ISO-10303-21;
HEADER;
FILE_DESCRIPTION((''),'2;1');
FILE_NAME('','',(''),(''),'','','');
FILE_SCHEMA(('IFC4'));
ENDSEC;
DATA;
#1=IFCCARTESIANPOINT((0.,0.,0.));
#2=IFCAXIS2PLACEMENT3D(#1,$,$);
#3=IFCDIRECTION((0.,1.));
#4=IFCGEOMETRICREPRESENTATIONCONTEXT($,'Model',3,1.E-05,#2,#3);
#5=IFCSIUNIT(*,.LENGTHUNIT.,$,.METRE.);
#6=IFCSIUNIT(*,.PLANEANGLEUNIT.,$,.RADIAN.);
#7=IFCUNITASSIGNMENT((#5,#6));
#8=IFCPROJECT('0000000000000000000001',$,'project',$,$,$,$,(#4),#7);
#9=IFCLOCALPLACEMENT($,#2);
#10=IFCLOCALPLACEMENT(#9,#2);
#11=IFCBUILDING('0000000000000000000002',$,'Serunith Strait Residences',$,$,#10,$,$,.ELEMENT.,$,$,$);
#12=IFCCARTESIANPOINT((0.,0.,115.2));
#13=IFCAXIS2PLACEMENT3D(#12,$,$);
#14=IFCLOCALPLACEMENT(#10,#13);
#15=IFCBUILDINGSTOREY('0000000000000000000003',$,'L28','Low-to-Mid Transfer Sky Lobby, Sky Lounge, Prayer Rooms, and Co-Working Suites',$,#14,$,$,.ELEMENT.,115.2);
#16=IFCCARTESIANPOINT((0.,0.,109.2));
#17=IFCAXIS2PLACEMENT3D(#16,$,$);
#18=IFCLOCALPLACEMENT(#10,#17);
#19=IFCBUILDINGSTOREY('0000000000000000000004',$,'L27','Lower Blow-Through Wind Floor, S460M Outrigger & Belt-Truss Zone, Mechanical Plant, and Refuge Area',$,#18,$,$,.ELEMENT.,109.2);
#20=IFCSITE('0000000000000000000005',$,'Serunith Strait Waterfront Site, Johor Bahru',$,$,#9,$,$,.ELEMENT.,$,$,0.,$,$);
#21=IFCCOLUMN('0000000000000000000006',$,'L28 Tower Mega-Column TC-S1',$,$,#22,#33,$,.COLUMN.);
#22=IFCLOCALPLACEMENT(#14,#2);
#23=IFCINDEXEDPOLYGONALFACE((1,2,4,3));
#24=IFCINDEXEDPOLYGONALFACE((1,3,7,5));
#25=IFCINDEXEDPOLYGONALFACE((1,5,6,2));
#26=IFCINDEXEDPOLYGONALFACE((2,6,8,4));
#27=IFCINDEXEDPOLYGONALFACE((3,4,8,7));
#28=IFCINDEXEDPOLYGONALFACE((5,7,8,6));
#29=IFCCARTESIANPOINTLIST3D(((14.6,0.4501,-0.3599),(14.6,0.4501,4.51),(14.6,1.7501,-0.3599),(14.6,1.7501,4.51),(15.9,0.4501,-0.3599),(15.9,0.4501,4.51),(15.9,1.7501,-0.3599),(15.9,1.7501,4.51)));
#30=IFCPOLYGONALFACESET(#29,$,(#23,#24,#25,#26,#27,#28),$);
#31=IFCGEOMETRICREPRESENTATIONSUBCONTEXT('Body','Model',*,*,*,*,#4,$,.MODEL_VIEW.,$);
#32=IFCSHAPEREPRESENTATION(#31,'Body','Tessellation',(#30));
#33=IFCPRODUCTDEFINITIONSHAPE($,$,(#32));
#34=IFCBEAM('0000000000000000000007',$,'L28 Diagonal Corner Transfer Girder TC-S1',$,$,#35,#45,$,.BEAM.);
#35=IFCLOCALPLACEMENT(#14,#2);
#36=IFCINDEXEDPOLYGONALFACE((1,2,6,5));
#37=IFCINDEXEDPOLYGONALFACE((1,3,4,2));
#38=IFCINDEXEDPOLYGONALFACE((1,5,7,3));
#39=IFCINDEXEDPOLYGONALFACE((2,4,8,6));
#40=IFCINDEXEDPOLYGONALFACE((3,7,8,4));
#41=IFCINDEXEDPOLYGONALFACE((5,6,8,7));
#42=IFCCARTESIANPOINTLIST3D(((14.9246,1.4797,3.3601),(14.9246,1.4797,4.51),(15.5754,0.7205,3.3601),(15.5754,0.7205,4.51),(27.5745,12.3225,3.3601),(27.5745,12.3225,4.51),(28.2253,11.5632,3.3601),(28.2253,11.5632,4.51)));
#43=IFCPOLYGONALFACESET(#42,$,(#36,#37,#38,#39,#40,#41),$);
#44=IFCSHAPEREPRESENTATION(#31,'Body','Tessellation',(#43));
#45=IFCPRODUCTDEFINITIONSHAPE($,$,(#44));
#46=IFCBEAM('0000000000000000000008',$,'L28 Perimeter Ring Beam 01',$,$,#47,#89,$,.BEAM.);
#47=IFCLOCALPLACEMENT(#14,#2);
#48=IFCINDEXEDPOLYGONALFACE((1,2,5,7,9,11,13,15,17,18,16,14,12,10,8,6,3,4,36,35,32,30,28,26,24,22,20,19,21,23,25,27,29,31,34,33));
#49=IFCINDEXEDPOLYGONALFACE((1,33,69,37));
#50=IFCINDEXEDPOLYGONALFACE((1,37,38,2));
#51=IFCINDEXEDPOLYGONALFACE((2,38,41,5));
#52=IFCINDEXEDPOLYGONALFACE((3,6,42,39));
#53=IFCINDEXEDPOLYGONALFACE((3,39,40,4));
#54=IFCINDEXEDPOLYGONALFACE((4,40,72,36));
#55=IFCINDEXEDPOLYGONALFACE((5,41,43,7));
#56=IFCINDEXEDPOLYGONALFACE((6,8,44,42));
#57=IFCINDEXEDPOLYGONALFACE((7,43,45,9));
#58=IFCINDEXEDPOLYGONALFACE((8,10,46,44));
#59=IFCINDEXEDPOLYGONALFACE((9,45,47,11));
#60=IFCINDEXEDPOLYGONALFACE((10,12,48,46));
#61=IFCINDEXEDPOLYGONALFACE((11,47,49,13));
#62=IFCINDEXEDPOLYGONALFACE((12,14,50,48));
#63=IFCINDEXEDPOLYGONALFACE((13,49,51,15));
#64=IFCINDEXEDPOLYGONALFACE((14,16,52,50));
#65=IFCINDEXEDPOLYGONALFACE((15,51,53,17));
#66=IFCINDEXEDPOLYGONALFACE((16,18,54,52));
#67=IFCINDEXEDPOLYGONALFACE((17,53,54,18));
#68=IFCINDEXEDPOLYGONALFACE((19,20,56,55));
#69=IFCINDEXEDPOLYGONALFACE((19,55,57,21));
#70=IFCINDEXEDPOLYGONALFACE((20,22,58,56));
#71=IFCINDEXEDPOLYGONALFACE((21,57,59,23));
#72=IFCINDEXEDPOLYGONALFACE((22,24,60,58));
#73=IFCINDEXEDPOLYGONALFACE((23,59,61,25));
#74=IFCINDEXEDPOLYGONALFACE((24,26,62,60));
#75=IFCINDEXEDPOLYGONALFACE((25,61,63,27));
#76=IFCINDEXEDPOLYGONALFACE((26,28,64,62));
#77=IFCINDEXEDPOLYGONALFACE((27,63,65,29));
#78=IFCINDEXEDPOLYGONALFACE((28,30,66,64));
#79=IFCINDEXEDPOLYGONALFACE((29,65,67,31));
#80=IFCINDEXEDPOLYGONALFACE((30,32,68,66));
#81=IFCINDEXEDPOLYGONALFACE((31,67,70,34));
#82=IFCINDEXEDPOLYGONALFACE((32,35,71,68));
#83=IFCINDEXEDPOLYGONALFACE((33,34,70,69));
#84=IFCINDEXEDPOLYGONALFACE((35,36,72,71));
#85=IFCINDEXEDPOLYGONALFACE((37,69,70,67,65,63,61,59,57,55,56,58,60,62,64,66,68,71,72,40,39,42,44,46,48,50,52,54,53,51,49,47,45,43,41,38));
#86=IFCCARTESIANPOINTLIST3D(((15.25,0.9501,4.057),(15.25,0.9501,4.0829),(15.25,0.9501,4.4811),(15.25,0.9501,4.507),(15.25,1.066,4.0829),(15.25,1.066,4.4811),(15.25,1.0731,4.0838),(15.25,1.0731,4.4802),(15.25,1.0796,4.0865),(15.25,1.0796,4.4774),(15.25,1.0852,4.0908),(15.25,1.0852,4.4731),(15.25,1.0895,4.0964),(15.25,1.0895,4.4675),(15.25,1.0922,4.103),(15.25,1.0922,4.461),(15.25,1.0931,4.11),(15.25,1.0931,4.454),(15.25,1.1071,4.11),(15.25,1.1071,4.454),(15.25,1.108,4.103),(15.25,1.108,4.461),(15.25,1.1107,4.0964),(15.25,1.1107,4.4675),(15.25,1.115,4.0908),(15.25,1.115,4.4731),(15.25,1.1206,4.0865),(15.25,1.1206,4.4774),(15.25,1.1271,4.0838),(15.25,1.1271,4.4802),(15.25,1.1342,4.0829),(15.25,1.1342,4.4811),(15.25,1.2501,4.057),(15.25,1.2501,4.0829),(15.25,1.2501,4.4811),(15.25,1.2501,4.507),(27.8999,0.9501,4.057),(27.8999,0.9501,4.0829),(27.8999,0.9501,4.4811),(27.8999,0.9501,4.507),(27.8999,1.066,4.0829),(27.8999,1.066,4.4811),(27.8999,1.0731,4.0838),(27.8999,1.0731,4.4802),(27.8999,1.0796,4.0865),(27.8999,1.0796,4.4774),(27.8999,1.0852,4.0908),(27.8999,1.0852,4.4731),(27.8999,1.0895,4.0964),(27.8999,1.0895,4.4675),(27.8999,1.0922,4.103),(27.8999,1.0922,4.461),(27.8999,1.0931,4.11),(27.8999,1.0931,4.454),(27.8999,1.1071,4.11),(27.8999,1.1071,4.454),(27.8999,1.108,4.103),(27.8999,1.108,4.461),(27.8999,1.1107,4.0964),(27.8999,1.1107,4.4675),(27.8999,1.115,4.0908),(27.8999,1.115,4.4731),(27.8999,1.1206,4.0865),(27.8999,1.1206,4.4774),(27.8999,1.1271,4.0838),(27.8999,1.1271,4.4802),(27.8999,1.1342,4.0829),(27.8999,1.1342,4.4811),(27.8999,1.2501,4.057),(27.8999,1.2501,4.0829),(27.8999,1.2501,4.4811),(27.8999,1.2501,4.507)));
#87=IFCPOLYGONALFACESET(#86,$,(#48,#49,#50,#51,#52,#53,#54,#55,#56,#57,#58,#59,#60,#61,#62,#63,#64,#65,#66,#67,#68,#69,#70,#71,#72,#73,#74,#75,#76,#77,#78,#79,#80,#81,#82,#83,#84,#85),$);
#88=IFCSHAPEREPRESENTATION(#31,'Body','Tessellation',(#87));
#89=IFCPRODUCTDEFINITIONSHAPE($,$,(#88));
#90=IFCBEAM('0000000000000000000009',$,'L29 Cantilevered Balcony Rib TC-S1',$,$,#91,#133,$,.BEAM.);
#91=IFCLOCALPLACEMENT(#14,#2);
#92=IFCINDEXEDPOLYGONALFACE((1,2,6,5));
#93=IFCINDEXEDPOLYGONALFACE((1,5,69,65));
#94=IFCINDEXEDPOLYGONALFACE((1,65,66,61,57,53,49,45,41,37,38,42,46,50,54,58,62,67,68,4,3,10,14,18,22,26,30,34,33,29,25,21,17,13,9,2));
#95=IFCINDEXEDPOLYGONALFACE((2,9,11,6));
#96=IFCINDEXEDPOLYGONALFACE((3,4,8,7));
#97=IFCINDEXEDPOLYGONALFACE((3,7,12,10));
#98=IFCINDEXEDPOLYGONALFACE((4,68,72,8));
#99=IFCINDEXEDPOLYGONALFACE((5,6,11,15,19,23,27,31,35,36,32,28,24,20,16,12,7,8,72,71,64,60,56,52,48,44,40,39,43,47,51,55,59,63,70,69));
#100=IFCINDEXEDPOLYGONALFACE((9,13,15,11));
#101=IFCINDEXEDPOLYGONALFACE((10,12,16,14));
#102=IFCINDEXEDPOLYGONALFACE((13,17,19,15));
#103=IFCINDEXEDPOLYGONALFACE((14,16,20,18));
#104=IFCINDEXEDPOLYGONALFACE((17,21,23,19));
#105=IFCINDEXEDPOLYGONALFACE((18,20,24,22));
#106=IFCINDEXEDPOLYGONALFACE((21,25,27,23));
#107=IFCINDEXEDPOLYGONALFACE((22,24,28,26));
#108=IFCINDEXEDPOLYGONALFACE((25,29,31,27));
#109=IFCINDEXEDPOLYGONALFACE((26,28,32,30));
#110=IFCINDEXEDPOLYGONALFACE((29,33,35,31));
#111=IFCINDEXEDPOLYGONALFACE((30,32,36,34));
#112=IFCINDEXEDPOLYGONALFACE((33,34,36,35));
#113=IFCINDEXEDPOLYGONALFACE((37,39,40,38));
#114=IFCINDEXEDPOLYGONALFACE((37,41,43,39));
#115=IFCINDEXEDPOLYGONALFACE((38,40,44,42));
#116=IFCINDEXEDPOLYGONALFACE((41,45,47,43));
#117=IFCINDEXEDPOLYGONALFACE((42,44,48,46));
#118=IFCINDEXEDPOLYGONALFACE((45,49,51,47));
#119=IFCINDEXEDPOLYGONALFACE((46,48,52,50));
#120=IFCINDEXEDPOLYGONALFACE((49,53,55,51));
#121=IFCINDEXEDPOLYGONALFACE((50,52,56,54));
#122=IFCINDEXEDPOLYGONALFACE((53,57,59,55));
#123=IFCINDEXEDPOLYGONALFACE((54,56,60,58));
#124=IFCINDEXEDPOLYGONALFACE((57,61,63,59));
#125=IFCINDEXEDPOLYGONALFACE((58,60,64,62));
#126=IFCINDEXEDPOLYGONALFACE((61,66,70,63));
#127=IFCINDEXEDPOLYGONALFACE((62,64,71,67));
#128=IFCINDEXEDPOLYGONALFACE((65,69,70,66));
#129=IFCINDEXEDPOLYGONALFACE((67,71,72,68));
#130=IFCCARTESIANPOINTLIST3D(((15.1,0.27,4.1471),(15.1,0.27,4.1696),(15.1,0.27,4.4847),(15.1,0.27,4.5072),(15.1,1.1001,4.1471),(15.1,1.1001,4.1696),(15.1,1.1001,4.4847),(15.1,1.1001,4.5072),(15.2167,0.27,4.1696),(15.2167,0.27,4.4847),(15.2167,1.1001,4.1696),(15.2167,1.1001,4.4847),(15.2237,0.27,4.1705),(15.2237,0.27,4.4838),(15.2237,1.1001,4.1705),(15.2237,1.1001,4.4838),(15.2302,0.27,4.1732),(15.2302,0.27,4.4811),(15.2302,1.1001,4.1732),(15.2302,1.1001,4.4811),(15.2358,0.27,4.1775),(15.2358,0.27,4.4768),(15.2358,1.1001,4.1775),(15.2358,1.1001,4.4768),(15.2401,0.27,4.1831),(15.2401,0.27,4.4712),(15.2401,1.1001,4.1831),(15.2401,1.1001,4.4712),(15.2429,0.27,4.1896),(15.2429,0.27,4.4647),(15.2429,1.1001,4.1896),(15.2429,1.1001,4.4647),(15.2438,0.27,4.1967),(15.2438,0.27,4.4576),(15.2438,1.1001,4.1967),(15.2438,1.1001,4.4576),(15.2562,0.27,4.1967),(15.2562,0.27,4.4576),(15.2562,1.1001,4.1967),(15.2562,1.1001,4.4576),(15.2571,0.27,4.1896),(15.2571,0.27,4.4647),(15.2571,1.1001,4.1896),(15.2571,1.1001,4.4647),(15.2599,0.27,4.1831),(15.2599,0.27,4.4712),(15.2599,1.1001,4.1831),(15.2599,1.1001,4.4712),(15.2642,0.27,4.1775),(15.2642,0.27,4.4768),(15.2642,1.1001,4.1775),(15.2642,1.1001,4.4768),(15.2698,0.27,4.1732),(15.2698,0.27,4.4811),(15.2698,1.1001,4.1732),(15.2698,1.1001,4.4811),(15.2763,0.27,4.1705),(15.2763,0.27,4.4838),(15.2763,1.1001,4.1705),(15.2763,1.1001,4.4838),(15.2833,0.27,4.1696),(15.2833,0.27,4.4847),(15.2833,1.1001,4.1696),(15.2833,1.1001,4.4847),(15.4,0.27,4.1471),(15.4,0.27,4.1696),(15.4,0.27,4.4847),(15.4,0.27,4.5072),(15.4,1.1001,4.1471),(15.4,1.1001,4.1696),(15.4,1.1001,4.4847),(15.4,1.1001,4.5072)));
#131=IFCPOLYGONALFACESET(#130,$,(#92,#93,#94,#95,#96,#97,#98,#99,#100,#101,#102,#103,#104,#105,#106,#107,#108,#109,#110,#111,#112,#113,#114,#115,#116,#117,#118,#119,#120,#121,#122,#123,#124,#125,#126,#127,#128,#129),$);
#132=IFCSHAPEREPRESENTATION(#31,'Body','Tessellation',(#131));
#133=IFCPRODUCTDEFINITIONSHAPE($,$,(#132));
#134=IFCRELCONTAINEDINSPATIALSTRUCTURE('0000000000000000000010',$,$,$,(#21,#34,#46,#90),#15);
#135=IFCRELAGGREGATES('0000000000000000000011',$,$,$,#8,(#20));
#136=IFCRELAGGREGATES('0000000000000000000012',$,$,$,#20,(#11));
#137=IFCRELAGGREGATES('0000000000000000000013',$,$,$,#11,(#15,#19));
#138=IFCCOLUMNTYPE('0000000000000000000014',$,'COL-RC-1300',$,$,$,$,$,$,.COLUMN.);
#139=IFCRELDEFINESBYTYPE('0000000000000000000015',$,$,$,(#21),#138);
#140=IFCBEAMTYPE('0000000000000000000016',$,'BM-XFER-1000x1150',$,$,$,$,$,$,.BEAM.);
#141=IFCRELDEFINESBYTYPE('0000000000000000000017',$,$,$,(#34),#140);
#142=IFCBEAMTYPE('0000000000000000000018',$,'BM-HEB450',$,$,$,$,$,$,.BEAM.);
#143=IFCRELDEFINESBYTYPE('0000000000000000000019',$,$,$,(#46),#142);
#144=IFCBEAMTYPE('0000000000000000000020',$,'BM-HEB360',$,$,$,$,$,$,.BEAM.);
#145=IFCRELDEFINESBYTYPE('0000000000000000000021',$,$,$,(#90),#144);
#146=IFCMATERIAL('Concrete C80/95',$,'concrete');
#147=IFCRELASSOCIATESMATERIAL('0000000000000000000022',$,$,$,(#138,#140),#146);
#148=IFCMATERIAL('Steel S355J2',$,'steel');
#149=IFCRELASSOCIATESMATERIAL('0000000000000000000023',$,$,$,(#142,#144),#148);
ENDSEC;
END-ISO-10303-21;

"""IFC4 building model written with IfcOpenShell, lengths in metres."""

from ifc_helpers import new_model, si_unit, direction, frame, origin, origin_2d, place, context, subcontext, project, spatial, rectangle, i_section, extrude, source, transform, mapped, material, material_profile, profile_set, type_object, element, save


model = new_model("IFC4")

# Units and contexts
model_context = context("Model", 3, precision=1e-05, world=origin(), true_north=direction((0.0, 1.0)))
body_context = subcontext(model_context, "Body", "Model", "MODEL_VIEW")
ifc_project = project(units=[si_unit("LENGTHUNIT", "METRE"), si_unit("PLANEANGLEUNIT", "RADIAN")], contexts=[model_context])

# Site, building, storey
site_placement = place(None, origin())
site = spatial("IfcSite", under=ifc_project, at=site_placement, Name="Serunith Strait Waterfront Site, Johor Bahru", CompositionType="ELEMENT", RefElevation=0.0)
building_placement = place(site_placement, origin())
building = spatial("IfcBuilding", under=site, at=building_placement, Name="Serunith Strait Residences", CompositionType="ELEMENT")
storey_1_placement = place(building_placement, frame((0.0, 0.0, 115.2)))
storey_1 = spatial("IfcBuildingStorey", under=building, at=storey_1_placement, Name="L28", Description="Low-to-Mid Transfer Sky Lobby, Sky Lounge, Prayer Rooms, and Co-Working Suites", CompositionType="ELEMENT", Elevation=115.2)

# Column
ifc_material_1 = material(Name="Concrete C80/95", Category="concrete")
ifc_material_profile_1 = material_profile(ifc_material_1, rectangle(XDim=1.3, YDim=1.3, at=origin_2d()), Name="RC 1300x1300")
ifc_profile_set_1 = profile_set([ifc_material_profile_1], Name="Concrete C80/95")
column_type = type_object("IfcColumnType", Name="COL-RC-1300", PredefinedType="COLUMN", material=ifc_profile_set_1)
shared_shape_1 = source(origin(), body_context, "Body", "SweptSolid", [
    extrude(rectangle(XDim=1.3, YDim=1.3, at=origin_2d()), origin(), (0.0, 0.0, 1.0), 4.8699),
])
column_placement = place(storey_1_placement, frame((15.25, 1.1001, -0.3599), z_axis=(0.0, 0.0, 1.0), x_axis=(1.0, 0.0, 0.0)))
element("IfcColumn", 1, at=column_placement, inside=storey_1, type_object=column_type, Name="L28 Tower Mega-Column TC-S1", PredefinedType="COLUMN", context=body_context, shape_type="MappedRepresentation", body=[
    mapped(shared_shape_1, transform((0.0, 0.0, 0.0), scale=1.0)),
])

# Beams
ifc_material_profile_2 = material_profile(ifc_material_1, rectangle(XDim=1.0, YDim=1.1499, at=origin_2d()), Name="RC 1000x1150")
ifc_profile_set_2 = profile_set([ifc_material_profile_2], Name="Concrete C80/95")
beam_type_1 = type_object("IfcBeamType", Name="BM-XFER-1000x1150", PredefinedType="BEAM", material=ifc_profile_set_2)
shared_shape_2 = source(origin(), body_context, "Body", "SweptSolid", [
    extrude(rectangle(XDim=1.0, YDim=1.1499, at=origin_2d()), origin(), (0.0, 0.0, 1.0), 16.6609),
])
beam_1_placement = place(storey_1_placement, frame((15.25, 1.1001, 3.9351), z_axis=(0.759257, 0.650791, 0.0), x_axis=(-0.650791, 0.759257, 0.0)))
element("IfcBeam", 2, at=beam_1_placement, inside=storey_1, type_object=beam_type_1, Name="L28 Diagonal Corner Transfer Girder TC-S1", PredefinedType="BEAM", context=body_context, shape_type="MappedRepresentation", body=[
    mapped(shared_shape_2, transform((0.0, 0.0, 0.0), scale=1.0)),
])
ifc_material_2 = material(Name="Steel S355J2", Category="steel")
ifc_material_profile_3 = material_profile(ifc_material_2, i_section(OverallWidth=0.3, OverallDepth=0.45, WebThickness=0.0139, FlangeThickness=0.0259, FilletRadius=0.0271, at=origin_2d()), Name="HEB 450")
ifc_profile_set_3 = profile_set([ifc_material_profile_3], Name="Steel S355J2")
beam_type_2 = type_object("IfcBeamType", Name="BM-HEB450", PredefinedType="BEAM", material=ifc_profile_set_3)
shared_shape_3 = source(origin(), body_context, "Body", "SweptSolid", [
    extrude(i_section(OverallWidth=0.3, OverallDepth=0.45, WebThickness=0.0139, FlangeThickness=0.0259, FilletRadius=0.0271, at=origin_2d()), origin(), (0.0, 0.0, 1.0), 12.6499),
])
beam_2_placement = place(storey_1_placement, frame((15.25, 1.1001, 4.282), z_axis=(1.0, 0.0, 0.0), x_axis=(0.0, 1.0, 0.0)))
element("IfcBeam", 3, at=beam_2_placement, inside=storey_1, type_object=beam_type_2, Name="L28 Perimeter Ring Beam 01", PredefinedType="BEAM", context=body_context, shape_type="MappedRepresentation", body=[
    mapped(shared_shape_3, transform((0.0, 0.0, 0.0), scale=1.0)),
])
ifc_material_profile_4 = material_profile(ifc_material_2, i_section(OverallWidth=0.3, OverallDepth=0.3601, WebThickness=0.0125, FlangeThickness=0.0225, FilletRadius=0.0271, at=origin_2d()), Name="HEB 360")
ifc_profile_set_4 = profile_set([ifc_material_profile_4], Name="Steel S355J2")
beam_type_3 = type_object("IfcBeamType", Name="BM-HEB360", PredefinedType="BEAM", material=ifc_profile_set_4)
shared_shape_4 = source(origin(), body_context, "Body", "SweptSolid", [
    extrude(i_section(OverallWidth=0.3, OverallDepth=0.3601, WebThickness=0.0125, FlangeThickness=0.0225, FilletRadius=0.0271, at=origin_2d()), origin(), (0.0, 0.0, 1.0), 0.8301),
])
beam_3_placement = place(storey_1_placement, frame((15.25, 1.1001, 4.3271), z_axis=(0.0, -1.0, 0.0), x_axis=(1.0, 0.0, 0.0)))
element("IfcBeam", 4, at=beam_3_placement, inside=storey_1, type_object=beam_type_3, Name="L29 Cantilevered Balcony Rib TC-S1", PredefinedType="BEAM", context=body_context, shape_type="MappedRepresentation", body=[
    mapped(shared_shape_4, transform((0.0, 0.0, 0.0), scale=1.0)),
])

# Shared definitions
storey_2_placement = place(building_placement, frame((0.0, 0.0, 109.2)))
storey_2 = spatial("IfcBuildingStorey", under=building, at=storey_2_placement, Name="L27", Description="Lower Blow-Through Wind Floor, S460M Outrigger & Belt-Truss Zone, Mechanical Plant, and Refuge Area", CompositionType="ELEMENT", Elevation=109.2)

save(model, "model.ifc")
